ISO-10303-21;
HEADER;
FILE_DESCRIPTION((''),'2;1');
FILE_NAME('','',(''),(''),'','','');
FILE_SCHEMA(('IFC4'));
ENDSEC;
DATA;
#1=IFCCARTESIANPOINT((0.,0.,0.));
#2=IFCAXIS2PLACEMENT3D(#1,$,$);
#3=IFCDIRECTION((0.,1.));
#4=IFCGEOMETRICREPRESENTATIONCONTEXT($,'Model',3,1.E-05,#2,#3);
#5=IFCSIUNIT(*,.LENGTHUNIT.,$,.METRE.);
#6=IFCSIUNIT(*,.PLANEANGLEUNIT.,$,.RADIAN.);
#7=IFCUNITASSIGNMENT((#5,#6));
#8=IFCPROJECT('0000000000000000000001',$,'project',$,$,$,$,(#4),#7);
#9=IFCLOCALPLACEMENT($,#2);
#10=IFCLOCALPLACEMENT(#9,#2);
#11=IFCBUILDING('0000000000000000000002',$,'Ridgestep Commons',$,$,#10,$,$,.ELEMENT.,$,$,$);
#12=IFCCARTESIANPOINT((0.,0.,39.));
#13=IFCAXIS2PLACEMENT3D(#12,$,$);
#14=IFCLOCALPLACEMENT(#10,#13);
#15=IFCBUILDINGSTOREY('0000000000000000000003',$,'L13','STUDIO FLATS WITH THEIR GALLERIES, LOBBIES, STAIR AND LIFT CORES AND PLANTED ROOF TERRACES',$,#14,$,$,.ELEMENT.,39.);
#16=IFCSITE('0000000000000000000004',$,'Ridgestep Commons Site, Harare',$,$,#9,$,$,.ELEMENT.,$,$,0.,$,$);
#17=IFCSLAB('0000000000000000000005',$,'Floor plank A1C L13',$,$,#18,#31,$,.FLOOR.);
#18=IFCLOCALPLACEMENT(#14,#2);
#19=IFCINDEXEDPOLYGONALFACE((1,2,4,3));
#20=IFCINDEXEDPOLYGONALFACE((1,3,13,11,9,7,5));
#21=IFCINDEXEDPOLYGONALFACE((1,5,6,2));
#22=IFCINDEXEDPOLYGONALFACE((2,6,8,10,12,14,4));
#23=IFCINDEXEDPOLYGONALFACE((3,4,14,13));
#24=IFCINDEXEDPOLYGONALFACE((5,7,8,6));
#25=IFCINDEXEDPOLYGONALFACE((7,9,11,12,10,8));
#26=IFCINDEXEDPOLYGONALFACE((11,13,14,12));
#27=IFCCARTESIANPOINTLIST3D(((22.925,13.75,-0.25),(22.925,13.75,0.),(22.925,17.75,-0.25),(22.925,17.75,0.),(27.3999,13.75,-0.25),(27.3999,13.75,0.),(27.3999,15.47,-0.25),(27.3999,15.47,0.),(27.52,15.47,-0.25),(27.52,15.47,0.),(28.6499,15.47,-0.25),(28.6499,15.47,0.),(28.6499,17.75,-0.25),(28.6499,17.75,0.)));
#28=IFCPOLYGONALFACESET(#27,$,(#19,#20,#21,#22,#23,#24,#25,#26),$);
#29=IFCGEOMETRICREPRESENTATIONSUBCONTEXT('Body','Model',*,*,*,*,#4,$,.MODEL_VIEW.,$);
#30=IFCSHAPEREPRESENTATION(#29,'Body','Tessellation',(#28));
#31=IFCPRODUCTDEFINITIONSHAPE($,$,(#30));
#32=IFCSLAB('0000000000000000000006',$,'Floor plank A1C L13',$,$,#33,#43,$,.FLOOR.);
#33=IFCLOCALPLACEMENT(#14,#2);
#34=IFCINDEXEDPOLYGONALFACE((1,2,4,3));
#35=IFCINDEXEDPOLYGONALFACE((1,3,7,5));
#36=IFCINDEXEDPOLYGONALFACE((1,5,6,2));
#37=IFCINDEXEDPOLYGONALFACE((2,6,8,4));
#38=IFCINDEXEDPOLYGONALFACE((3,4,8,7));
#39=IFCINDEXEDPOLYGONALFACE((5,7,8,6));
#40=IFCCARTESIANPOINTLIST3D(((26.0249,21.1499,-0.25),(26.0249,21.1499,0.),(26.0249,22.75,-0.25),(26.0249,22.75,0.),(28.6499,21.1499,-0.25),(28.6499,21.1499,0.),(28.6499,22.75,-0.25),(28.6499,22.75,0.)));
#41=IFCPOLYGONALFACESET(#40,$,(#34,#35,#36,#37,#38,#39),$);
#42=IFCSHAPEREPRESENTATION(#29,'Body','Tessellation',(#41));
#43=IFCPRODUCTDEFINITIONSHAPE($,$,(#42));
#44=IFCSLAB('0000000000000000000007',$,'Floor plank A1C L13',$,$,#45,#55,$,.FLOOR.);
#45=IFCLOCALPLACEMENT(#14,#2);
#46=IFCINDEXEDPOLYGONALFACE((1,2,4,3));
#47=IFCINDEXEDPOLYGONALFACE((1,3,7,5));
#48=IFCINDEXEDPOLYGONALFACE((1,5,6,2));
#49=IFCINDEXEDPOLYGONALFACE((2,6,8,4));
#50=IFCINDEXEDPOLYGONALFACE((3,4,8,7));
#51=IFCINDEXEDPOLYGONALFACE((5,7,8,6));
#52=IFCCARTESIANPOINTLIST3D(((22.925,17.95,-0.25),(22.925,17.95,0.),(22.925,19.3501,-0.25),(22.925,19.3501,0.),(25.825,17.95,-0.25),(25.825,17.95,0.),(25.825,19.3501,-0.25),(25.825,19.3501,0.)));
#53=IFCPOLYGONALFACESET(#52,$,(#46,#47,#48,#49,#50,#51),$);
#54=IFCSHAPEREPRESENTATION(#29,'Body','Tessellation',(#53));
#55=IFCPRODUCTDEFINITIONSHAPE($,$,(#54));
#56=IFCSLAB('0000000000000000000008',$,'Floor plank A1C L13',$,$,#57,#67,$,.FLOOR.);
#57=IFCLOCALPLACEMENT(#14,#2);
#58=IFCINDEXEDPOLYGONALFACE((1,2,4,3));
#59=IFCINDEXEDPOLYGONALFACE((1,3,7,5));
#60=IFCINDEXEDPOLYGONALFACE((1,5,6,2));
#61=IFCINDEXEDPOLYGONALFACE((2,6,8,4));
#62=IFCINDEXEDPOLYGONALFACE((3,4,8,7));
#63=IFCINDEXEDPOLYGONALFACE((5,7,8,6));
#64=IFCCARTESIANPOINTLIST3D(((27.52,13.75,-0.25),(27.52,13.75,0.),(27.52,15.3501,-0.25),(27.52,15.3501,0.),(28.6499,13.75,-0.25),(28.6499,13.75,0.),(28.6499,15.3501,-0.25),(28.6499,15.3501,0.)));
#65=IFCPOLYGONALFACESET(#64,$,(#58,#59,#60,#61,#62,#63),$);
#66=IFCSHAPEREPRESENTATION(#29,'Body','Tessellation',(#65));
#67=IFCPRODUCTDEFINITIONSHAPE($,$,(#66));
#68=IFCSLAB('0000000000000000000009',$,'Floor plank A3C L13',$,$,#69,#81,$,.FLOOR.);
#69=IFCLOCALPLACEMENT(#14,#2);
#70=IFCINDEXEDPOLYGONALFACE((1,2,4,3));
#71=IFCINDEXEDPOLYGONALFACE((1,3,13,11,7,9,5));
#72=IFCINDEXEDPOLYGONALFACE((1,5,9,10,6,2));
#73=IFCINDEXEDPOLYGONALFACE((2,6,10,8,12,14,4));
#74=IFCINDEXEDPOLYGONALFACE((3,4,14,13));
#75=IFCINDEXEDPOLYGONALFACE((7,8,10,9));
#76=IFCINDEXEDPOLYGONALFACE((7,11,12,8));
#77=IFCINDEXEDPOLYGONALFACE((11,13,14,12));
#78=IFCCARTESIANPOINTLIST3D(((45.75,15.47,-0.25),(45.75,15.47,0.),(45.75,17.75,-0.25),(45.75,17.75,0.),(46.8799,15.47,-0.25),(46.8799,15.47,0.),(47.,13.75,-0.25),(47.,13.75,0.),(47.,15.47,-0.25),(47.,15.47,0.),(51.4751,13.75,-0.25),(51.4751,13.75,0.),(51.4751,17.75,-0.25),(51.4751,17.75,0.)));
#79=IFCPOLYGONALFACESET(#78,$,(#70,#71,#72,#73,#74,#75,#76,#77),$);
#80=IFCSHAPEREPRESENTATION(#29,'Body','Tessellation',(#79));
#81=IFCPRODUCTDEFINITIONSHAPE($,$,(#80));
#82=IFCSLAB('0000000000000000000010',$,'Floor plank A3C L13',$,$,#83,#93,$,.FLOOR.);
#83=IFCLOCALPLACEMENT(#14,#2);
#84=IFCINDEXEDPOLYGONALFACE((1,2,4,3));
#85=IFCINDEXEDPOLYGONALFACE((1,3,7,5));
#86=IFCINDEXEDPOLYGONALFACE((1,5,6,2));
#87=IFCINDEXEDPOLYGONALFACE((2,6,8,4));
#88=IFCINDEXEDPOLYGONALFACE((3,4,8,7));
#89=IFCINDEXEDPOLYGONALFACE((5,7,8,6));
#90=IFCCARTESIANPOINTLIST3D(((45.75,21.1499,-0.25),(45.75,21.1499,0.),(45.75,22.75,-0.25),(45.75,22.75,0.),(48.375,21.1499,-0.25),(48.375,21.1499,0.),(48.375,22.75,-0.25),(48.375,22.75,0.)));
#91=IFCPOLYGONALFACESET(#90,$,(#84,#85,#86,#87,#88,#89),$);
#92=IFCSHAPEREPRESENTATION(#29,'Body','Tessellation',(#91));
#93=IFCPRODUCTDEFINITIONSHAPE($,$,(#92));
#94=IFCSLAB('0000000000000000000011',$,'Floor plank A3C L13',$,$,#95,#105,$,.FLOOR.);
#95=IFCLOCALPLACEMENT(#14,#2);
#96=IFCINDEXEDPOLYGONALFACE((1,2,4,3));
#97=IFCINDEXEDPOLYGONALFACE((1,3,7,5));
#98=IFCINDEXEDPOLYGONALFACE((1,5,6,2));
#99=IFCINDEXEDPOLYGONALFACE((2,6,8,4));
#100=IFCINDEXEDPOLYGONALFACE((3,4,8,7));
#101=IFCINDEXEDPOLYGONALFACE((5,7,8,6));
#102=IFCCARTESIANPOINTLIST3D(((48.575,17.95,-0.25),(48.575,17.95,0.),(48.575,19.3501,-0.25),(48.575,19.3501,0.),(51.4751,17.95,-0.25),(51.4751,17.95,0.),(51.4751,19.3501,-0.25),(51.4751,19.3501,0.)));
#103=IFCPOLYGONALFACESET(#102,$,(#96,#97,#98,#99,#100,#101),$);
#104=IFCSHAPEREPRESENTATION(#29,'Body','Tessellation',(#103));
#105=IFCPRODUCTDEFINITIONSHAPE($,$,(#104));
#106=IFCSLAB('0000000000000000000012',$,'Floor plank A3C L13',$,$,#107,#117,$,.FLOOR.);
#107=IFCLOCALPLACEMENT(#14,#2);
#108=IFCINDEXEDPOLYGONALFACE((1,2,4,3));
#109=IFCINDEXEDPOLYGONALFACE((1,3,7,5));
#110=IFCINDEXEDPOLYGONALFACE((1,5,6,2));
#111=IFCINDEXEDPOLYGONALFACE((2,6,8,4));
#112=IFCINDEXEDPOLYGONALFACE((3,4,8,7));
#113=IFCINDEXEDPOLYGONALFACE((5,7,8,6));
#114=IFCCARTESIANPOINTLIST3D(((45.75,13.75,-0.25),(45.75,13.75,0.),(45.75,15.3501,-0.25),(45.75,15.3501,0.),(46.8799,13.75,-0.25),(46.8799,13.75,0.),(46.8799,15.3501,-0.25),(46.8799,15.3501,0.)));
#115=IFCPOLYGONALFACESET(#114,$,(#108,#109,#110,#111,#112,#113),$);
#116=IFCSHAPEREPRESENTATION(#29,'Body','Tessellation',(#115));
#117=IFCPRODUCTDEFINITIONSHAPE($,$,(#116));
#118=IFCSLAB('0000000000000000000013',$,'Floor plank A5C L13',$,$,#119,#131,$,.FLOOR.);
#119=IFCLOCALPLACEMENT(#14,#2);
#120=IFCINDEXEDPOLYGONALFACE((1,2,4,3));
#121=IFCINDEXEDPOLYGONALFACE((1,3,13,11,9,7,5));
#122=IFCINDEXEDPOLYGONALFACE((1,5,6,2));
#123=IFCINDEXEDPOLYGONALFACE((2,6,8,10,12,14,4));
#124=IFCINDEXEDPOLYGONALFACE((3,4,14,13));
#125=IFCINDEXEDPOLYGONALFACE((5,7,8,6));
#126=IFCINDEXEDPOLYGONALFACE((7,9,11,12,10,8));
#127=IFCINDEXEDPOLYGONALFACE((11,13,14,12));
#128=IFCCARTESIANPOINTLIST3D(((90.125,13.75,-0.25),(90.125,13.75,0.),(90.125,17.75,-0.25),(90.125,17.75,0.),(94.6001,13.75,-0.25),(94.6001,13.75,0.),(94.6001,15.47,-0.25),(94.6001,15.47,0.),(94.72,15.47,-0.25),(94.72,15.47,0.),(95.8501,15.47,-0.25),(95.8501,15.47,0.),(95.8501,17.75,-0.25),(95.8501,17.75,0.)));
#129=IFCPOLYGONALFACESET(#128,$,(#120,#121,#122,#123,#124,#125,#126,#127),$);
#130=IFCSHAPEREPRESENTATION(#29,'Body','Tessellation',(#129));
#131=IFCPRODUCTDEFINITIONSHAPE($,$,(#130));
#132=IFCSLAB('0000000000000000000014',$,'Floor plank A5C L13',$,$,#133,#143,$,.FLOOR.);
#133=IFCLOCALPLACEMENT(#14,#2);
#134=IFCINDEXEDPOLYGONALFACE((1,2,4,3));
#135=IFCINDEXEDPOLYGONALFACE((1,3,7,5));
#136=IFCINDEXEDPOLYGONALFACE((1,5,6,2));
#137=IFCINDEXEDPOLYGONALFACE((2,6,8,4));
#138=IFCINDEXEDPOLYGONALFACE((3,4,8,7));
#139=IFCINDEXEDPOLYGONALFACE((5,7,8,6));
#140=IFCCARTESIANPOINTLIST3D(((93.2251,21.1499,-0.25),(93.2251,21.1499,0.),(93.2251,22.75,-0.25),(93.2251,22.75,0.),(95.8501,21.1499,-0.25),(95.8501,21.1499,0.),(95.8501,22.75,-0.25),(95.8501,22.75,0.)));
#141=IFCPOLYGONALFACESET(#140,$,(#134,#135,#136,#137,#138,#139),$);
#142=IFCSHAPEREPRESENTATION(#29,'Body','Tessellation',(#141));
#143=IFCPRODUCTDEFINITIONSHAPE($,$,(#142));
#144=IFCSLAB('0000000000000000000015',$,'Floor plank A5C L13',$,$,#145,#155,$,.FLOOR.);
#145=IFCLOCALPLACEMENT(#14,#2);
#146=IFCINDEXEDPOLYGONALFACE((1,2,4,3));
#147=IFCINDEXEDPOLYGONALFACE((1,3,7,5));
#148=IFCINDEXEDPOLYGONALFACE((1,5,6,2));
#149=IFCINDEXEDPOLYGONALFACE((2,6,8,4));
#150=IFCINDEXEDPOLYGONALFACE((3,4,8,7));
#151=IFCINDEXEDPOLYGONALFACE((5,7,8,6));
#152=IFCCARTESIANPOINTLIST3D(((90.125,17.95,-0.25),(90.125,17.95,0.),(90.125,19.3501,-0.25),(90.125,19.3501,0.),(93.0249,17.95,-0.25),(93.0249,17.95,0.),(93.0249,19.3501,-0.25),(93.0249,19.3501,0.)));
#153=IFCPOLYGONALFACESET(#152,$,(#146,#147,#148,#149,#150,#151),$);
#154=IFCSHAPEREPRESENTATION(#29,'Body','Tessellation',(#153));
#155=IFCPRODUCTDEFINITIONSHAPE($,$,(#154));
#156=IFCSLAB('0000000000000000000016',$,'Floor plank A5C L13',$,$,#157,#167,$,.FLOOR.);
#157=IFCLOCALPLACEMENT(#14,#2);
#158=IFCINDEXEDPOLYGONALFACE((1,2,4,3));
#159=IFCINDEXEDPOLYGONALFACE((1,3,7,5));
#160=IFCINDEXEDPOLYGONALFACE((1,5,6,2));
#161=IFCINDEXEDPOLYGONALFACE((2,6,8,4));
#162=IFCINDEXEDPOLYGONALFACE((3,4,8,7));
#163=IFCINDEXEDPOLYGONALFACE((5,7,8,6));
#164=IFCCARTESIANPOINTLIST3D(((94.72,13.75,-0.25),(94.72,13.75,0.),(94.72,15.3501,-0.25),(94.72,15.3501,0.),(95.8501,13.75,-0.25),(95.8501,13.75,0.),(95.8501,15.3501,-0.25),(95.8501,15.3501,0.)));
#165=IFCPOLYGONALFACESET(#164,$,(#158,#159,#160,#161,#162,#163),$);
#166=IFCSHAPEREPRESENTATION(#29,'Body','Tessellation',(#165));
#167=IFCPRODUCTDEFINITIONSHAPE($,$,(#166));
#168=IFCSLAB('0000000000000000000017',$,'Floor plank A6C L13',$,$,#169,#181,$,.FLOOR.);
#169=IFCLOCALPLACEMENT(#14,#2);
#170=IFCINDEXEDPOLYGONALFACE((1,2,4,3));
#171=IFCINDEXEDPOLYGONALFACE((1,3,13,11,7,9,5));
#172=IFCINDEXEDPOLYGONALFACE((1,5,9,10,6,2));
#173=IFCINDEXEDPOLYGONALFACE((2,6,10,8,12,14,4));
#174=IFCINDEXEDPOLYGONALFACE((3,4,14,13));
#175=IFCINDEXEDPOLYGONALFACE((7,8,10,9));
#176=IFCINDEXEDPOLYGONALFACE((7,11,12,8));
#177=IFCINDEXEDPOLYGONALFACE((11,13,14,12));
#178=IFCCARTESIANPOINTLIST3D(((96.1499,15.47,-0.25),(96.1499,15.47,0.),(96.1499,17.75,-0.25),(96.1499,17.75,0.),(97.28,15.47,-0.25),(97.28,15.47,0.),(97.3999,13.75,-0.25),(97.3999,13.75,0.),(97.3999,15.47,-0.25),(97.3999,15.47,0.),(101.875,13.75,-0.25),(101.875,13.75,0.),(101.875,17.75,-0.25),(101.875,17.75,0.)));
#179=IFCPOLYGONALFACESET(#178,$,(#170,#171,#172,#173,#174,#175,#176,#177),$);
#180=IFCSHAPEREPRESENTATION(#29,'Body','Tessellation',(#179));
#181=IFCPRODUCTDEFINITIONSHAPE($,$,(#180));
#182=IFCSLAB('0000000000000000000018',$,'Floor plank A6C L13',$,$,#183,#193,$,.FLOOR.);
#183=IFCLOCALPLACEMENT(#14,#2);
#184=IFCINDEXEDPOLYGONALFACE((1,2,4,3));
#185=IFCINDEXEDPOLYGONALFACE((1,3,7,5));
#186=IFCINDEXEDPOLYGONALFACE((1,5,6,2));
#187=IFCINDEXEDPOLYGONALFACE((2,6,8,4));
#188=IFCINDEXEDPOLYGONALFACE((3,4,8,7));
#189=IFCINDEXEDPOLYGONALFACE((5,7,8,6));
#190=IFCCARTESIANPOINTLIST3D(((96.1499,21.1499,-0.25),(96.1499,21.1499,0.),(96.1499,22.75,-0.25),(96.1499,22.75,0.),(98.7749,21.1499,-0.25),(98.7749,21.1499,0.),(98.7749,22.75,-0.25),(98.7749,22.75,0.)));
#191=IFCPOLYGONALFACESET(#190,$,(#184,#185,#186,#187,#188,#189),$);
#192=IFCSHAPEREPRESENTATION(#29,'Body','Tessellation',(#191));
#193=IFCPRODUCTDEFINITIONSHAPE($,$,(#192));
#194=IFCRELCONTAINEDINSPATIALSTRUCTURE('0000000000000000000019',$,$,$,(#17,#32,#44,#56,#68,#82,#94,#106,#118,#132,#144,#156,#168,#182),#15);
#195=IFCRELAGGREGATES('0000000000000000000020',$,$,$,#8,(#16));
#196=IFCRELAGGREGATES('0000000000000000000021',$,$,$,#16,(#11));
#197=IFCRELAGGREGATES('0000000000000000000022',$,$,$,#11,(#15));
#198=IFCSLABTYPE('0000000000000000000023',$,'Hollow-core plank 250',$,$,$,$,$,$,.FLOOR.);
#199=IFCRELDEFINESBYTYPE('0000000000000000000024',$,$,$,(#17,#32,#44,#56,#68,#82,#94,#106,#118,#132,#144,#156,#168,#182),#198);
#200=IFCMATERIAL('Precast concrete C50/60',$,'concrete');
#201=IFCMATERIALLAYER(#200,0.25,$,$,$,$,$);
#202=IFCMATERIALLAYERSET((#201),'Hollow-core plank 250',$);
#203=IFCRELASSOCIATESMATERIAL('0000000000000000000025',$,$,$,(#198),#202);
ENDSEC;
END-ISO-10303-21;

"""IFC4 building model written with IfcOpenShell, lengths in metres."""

from ifc_helpers import new_model, si_unit, direction, frame, origin, place, context, subcontext, project, spatial, polyline, outline, extrude, material, layer, layer_set, type_object, element, save


model = new_model("IFC4")

# Units and contexts
model_context = context("Model", 3, precision=1e-05, world=origin(), true_north=direction((0.0, 1.0)))
body_context = subcontext(model_context, "Body", "Model", "MODEL_VIEW")
ifc_project = project(units=[si_unit("LENGTHUNIT", "METRE"), si_unit("PLANEANGLEUNIT", "RADIAN")], contexts=[model_context])

# Site, building, storey
site_placement = place(None, origin())
site = spatial("IfcSite", under=ifc_project, at=site_placement, Name="Ridgestep Commons Site, Harare", CompositionType="ELEMENT", RefElevation=0.0)
building_placement = place(site_placement, origin())
building = spatial("IfcBuilding", under=site, at=building_placement, Name="Ridgestep Commons", CompositionType="ELEMENT")
storey_placement = place(building_placement, frame((0.0, 0.0, 39.0)))
storey = spatial("IfcBuildingStorey", under=building, at=storey_placement, Name="L13", Description="STUDIO FLATS WITH THEIR GALLERIES, LOBBIES, STAIR AND LIFT CORES AND PLANTED ROOF TERRACES", CompositionType="ELEMENT", Elevation=39.0)

# Slabs
ifc_material_1 = material(Name="Precast concrete C50/60", Category="concrete")
ifc_layer_1 = layer(ifc_material_1, 0.25)
ifc_layer_set_1 = layer_set([ifc_layer_1], Name="Hollow-core plank 250")
slab_type_1 = type_object("IfcSlabType", Name="Hollow-core plank 250", PredefinedType="FLOOR", material=ifc_layer_set_1)
slab_1_placement = place(storey_placement, frame((0.0, 0.0, -0.25)))
element("IfcSlab", 1, at=slab_1_placement, inside=storey, type_object=slab_type_1, Name="Floor plank A1C L13", PredefinedType="FLOOR", context=body_context, shape_type="SweptSolid", body=[
    extrude(outline(polyline([(27.52, 15.47), (28.6499, 15.47), (28.6499, 17.75), (22.925, 17.75), (22.925, 13.75), (27.3999, 13.75), (27.3999, 15.47), (27.52, 15.47)])), origin(), (0.0, 0.0, 1.0), 0.25),
])
slab_2_placement = place(storey_placement, frame((0.0, 0.0, -0.25)))
element("IfcSlab", 2, at=slab_2_placement, inside=storey, type_object=slab_type_1, Name="Floor plank A1C L13", PredefinedType="FLOOR", context=body_context, shape_type="SweptSolid", body=[
    extrude(outline(polyline([(28.6499, 21.1499), (28.6499, 22.75), (26.0249, 22.75), (26.0249, 21.1499), (28.6499, 21.1499)])), origin(), (0.0, 0.0, 1.0), 0.25),
])
slab_3_placement = place(storey_placement, frame((0.0, 0.0, -0.25)))
element("IfcSlab", 3, at=slab_3_placement, inside=storey, type_object=slab_type_1, Name="Floor plank A1C L13", PredefinedType="FLOOR", context=body_context, shape_type="SweptSolid", body=[
    extrude(outline(polyline([(25.825, 17.95), (25.825, 19.3501), (22.925, 19.3501), (22.925, 17.95), (25.825, 17.95)])), origin(), (0.0, 0.0, 1.0), 0.25),
])
slab_4_placement = place(storey_placement, frame((0.0, 0.0, -0.25)))
element("IfcSlab", 4, at=slab_4_placement, inside=storey, type_object=slab_type_1, Name="Floor plank A1C L13", PredefinedType="FLOOR", context=body_context, shape_type="SweptSolid", body=[
    extrude(outline(polyline([(27.52, 13.75), (28.6499, 13.75), (28.6499, 15.3501), (27.52, 15.3501), (27.52, 13.75)])), origin(), (0.0, 0.0, 1.0), 0.25),
])
slab_5_placement = place(storey_placement, frame((0.0, 0.0, -0.25)))
element("IfcSlab", 5, at=slab_5_placement, inside=storey, type_object=slab_type_1, Name="Floor plank A3C L13", PredefinedType="FLOOR", context=body_context, shape_type="SweptSolid", body=[
    extrude(outline(polyline([(47.0, 13.75), (51.4751, 13.75), (51.4751, 17.75), (45.75, 17.75), (45.75, 15.47), (46.8799, 15.47), (47.0, 15.47), (47.0, 13.75)])), origin(), (0.0, 0.0, 1.0), 0.25),
])
slab_6_placement = place(storey_placement, frame((0.0, 0.0, -0.25)))
element("IfcSlab", 6, at=slab_6_placement, inside=storey, type_object=slab_type_1, Name="Floor plank A3C L13", PredefinedType="FLOOR", context=body_context, shape_type="SweptSolid", body=[
    extrude(outline(polyline([(48.375, 22.75), (45.75, 22.75), (45.75, 21.1499), (48.375, 21.1499), (48.375, 22.75)])), origin(), (0.0, 0.0, 1.0), 0.25),
])
slab_7_placement = place(storey_placement, frame((0.0, 0.0, -0.25)))
element("IfcSlab", 7, at=slab_7_placement, inside=storey, type_object=slab_type_1, Name="Floor plank A3C L13", PredefinedType="FLOOR", context=body_context, shape_type="SweptSolid", body=[
    extrude(outline(polyline([(51.4751, 17.95), (51.4751, 19.3501), (48.575, 19.3501), (48.575, 17.95), (51.4751, 17.95)])), origin(), (0.0, 0.0, 1.0), 0.25),
])
slab_8_placement = place(storey_placement, frame((0.0, 0.0, -0.25)))
element("IfcSlab", 8, at=slab_8_placement, inside=storey, type_object=slab_type_1, Name="Floor plank A3C L13", PredefinedType="FLOOR", context=body_context, shape_type="SweptSolid", body=[
    extrude(outline(polyline([(46.8799, 15.3501), (45.75, 15.3501), (45.75, 13.75), (46.8799, 13.75), (46.8799, 15.3501)])), origin(), (0.0, 0.0, 1.0), 0.25),
])
slab_9_placement = place(storey_placement, frame((0.0, 0.0, -0.25)))
element("IfcSlab", 9, at=slab_9_placement, inside=storey, type_object=slab_type_1, Name="Floor plank A5C L13", PredefinedType="FLOOR", context=body_context, shape_type="SweptSolid", body=[
    extrude(outline(polyline([(94.72, 15.47), (95.8501, 15.47), (95.8501, 17.75), (90.125, 17.75), (90.125, 13.75), (94.6001, 13.75), (94.6001, 15.47), (94.72, 15.47)])), origin(), (0.0, 0.0, 1.0), 0.25),
])
slab_10_placement = place(storey_placement, frame((0.0, 0.0, -0.25)))
element("IfcSlab", 10, at=slab_10_placement, inside=storey, type_object=slab_type_1, Name="Floor plank A5C L13", PredefinedType="FLOOR", context=body_context, shape_type="SweptSolid", body=[
    extrude(outline(polyline([(95.8501, 21.1499), (95.8501, 22.75), (93.2251, 22.75), (93.2251, 21.1499), (95.8501, 21.1499)])), origin(), (0.0, 0.0, 1.0), 0.25),
])
slab_11_placement = place(storey_placement, frame((0.0, 0.0, -0.25)))
element("IfcSlab", 11, at=slab_11_placement, inside=storey, type_object=slab_type_1, Name="Floor plank A5C L13", PredefinedType="FLOOR", context=body_context, shape_type="SweptSolid", body=[
    extrude(outline(polyline([(93.0249, 17.95), (93.0249, 19.3501), (90.125, 19.3501), (90.125, 17.95), (93.0249, 17.95)])), origin(), (0.0, 0.0, 1.0), 0.25),
])
slab_12_placement = place(storey_placement, frame((0.0, 0.0, -0.25)))
element("IfcSlab", 12, at=slab_12_placement, inside=storey, type_object=slab_type_1, Name="Floor plank A5C L13", PredefinedType="FLOOR", context=body_context, shape_type="SweptSolid", body=[
    extrude(outline(polyline([(94.72, 13.75), (95.8501, 13.75), (95.8501, 15.3501), (94.72, 15.3501), (94.72, 13.75)])), origin(), (0.0, 0.0, 1.0), 0.25),
])
slab_13_placement = place(storey_placement, frame((0.0, 0.0, -0.25)))
element("IfcSlab", 13, at=slab_13_placement, inside=storey, type_object=slab_type_1, Name="Floor plank A6C L13", PredefinedType="FLOOR", context=body_context, shape_type="SweptSolid", body=[
    extrude(outline(polyline([(97.3999, 13.75), (101.875, 13.75), (101.875, 17.75), (96.1499, 17.75), (96.1499, 15.47), (97.28, 15.47), (97.3999, 15.47), (97.3999, 13.75)])), origin(), (0.0, 0.0, 1.0), 0.25),
])
slab_14_placement = place(storey_placement, frame((0.0, 0.0, -0.25)))
element("IfcSlab", 14, at=slab_14_placement, inside=storey, type_object=slab_type_1, Name="Floor plank A6C L13", PredefinedType="FLOOR", context=body_context, shape_type="SweptSolid", body=[
    extrude(outline(polyline([(98.7749, 22.75), (96.1499, 22.75), (96.1499, 21.1499), (98.7749, 21.1499), (98.7749, 22.75)])), origin(), (0.0, 0.0, 1.0), 0.25),
])

save(model, "model.ifc")
